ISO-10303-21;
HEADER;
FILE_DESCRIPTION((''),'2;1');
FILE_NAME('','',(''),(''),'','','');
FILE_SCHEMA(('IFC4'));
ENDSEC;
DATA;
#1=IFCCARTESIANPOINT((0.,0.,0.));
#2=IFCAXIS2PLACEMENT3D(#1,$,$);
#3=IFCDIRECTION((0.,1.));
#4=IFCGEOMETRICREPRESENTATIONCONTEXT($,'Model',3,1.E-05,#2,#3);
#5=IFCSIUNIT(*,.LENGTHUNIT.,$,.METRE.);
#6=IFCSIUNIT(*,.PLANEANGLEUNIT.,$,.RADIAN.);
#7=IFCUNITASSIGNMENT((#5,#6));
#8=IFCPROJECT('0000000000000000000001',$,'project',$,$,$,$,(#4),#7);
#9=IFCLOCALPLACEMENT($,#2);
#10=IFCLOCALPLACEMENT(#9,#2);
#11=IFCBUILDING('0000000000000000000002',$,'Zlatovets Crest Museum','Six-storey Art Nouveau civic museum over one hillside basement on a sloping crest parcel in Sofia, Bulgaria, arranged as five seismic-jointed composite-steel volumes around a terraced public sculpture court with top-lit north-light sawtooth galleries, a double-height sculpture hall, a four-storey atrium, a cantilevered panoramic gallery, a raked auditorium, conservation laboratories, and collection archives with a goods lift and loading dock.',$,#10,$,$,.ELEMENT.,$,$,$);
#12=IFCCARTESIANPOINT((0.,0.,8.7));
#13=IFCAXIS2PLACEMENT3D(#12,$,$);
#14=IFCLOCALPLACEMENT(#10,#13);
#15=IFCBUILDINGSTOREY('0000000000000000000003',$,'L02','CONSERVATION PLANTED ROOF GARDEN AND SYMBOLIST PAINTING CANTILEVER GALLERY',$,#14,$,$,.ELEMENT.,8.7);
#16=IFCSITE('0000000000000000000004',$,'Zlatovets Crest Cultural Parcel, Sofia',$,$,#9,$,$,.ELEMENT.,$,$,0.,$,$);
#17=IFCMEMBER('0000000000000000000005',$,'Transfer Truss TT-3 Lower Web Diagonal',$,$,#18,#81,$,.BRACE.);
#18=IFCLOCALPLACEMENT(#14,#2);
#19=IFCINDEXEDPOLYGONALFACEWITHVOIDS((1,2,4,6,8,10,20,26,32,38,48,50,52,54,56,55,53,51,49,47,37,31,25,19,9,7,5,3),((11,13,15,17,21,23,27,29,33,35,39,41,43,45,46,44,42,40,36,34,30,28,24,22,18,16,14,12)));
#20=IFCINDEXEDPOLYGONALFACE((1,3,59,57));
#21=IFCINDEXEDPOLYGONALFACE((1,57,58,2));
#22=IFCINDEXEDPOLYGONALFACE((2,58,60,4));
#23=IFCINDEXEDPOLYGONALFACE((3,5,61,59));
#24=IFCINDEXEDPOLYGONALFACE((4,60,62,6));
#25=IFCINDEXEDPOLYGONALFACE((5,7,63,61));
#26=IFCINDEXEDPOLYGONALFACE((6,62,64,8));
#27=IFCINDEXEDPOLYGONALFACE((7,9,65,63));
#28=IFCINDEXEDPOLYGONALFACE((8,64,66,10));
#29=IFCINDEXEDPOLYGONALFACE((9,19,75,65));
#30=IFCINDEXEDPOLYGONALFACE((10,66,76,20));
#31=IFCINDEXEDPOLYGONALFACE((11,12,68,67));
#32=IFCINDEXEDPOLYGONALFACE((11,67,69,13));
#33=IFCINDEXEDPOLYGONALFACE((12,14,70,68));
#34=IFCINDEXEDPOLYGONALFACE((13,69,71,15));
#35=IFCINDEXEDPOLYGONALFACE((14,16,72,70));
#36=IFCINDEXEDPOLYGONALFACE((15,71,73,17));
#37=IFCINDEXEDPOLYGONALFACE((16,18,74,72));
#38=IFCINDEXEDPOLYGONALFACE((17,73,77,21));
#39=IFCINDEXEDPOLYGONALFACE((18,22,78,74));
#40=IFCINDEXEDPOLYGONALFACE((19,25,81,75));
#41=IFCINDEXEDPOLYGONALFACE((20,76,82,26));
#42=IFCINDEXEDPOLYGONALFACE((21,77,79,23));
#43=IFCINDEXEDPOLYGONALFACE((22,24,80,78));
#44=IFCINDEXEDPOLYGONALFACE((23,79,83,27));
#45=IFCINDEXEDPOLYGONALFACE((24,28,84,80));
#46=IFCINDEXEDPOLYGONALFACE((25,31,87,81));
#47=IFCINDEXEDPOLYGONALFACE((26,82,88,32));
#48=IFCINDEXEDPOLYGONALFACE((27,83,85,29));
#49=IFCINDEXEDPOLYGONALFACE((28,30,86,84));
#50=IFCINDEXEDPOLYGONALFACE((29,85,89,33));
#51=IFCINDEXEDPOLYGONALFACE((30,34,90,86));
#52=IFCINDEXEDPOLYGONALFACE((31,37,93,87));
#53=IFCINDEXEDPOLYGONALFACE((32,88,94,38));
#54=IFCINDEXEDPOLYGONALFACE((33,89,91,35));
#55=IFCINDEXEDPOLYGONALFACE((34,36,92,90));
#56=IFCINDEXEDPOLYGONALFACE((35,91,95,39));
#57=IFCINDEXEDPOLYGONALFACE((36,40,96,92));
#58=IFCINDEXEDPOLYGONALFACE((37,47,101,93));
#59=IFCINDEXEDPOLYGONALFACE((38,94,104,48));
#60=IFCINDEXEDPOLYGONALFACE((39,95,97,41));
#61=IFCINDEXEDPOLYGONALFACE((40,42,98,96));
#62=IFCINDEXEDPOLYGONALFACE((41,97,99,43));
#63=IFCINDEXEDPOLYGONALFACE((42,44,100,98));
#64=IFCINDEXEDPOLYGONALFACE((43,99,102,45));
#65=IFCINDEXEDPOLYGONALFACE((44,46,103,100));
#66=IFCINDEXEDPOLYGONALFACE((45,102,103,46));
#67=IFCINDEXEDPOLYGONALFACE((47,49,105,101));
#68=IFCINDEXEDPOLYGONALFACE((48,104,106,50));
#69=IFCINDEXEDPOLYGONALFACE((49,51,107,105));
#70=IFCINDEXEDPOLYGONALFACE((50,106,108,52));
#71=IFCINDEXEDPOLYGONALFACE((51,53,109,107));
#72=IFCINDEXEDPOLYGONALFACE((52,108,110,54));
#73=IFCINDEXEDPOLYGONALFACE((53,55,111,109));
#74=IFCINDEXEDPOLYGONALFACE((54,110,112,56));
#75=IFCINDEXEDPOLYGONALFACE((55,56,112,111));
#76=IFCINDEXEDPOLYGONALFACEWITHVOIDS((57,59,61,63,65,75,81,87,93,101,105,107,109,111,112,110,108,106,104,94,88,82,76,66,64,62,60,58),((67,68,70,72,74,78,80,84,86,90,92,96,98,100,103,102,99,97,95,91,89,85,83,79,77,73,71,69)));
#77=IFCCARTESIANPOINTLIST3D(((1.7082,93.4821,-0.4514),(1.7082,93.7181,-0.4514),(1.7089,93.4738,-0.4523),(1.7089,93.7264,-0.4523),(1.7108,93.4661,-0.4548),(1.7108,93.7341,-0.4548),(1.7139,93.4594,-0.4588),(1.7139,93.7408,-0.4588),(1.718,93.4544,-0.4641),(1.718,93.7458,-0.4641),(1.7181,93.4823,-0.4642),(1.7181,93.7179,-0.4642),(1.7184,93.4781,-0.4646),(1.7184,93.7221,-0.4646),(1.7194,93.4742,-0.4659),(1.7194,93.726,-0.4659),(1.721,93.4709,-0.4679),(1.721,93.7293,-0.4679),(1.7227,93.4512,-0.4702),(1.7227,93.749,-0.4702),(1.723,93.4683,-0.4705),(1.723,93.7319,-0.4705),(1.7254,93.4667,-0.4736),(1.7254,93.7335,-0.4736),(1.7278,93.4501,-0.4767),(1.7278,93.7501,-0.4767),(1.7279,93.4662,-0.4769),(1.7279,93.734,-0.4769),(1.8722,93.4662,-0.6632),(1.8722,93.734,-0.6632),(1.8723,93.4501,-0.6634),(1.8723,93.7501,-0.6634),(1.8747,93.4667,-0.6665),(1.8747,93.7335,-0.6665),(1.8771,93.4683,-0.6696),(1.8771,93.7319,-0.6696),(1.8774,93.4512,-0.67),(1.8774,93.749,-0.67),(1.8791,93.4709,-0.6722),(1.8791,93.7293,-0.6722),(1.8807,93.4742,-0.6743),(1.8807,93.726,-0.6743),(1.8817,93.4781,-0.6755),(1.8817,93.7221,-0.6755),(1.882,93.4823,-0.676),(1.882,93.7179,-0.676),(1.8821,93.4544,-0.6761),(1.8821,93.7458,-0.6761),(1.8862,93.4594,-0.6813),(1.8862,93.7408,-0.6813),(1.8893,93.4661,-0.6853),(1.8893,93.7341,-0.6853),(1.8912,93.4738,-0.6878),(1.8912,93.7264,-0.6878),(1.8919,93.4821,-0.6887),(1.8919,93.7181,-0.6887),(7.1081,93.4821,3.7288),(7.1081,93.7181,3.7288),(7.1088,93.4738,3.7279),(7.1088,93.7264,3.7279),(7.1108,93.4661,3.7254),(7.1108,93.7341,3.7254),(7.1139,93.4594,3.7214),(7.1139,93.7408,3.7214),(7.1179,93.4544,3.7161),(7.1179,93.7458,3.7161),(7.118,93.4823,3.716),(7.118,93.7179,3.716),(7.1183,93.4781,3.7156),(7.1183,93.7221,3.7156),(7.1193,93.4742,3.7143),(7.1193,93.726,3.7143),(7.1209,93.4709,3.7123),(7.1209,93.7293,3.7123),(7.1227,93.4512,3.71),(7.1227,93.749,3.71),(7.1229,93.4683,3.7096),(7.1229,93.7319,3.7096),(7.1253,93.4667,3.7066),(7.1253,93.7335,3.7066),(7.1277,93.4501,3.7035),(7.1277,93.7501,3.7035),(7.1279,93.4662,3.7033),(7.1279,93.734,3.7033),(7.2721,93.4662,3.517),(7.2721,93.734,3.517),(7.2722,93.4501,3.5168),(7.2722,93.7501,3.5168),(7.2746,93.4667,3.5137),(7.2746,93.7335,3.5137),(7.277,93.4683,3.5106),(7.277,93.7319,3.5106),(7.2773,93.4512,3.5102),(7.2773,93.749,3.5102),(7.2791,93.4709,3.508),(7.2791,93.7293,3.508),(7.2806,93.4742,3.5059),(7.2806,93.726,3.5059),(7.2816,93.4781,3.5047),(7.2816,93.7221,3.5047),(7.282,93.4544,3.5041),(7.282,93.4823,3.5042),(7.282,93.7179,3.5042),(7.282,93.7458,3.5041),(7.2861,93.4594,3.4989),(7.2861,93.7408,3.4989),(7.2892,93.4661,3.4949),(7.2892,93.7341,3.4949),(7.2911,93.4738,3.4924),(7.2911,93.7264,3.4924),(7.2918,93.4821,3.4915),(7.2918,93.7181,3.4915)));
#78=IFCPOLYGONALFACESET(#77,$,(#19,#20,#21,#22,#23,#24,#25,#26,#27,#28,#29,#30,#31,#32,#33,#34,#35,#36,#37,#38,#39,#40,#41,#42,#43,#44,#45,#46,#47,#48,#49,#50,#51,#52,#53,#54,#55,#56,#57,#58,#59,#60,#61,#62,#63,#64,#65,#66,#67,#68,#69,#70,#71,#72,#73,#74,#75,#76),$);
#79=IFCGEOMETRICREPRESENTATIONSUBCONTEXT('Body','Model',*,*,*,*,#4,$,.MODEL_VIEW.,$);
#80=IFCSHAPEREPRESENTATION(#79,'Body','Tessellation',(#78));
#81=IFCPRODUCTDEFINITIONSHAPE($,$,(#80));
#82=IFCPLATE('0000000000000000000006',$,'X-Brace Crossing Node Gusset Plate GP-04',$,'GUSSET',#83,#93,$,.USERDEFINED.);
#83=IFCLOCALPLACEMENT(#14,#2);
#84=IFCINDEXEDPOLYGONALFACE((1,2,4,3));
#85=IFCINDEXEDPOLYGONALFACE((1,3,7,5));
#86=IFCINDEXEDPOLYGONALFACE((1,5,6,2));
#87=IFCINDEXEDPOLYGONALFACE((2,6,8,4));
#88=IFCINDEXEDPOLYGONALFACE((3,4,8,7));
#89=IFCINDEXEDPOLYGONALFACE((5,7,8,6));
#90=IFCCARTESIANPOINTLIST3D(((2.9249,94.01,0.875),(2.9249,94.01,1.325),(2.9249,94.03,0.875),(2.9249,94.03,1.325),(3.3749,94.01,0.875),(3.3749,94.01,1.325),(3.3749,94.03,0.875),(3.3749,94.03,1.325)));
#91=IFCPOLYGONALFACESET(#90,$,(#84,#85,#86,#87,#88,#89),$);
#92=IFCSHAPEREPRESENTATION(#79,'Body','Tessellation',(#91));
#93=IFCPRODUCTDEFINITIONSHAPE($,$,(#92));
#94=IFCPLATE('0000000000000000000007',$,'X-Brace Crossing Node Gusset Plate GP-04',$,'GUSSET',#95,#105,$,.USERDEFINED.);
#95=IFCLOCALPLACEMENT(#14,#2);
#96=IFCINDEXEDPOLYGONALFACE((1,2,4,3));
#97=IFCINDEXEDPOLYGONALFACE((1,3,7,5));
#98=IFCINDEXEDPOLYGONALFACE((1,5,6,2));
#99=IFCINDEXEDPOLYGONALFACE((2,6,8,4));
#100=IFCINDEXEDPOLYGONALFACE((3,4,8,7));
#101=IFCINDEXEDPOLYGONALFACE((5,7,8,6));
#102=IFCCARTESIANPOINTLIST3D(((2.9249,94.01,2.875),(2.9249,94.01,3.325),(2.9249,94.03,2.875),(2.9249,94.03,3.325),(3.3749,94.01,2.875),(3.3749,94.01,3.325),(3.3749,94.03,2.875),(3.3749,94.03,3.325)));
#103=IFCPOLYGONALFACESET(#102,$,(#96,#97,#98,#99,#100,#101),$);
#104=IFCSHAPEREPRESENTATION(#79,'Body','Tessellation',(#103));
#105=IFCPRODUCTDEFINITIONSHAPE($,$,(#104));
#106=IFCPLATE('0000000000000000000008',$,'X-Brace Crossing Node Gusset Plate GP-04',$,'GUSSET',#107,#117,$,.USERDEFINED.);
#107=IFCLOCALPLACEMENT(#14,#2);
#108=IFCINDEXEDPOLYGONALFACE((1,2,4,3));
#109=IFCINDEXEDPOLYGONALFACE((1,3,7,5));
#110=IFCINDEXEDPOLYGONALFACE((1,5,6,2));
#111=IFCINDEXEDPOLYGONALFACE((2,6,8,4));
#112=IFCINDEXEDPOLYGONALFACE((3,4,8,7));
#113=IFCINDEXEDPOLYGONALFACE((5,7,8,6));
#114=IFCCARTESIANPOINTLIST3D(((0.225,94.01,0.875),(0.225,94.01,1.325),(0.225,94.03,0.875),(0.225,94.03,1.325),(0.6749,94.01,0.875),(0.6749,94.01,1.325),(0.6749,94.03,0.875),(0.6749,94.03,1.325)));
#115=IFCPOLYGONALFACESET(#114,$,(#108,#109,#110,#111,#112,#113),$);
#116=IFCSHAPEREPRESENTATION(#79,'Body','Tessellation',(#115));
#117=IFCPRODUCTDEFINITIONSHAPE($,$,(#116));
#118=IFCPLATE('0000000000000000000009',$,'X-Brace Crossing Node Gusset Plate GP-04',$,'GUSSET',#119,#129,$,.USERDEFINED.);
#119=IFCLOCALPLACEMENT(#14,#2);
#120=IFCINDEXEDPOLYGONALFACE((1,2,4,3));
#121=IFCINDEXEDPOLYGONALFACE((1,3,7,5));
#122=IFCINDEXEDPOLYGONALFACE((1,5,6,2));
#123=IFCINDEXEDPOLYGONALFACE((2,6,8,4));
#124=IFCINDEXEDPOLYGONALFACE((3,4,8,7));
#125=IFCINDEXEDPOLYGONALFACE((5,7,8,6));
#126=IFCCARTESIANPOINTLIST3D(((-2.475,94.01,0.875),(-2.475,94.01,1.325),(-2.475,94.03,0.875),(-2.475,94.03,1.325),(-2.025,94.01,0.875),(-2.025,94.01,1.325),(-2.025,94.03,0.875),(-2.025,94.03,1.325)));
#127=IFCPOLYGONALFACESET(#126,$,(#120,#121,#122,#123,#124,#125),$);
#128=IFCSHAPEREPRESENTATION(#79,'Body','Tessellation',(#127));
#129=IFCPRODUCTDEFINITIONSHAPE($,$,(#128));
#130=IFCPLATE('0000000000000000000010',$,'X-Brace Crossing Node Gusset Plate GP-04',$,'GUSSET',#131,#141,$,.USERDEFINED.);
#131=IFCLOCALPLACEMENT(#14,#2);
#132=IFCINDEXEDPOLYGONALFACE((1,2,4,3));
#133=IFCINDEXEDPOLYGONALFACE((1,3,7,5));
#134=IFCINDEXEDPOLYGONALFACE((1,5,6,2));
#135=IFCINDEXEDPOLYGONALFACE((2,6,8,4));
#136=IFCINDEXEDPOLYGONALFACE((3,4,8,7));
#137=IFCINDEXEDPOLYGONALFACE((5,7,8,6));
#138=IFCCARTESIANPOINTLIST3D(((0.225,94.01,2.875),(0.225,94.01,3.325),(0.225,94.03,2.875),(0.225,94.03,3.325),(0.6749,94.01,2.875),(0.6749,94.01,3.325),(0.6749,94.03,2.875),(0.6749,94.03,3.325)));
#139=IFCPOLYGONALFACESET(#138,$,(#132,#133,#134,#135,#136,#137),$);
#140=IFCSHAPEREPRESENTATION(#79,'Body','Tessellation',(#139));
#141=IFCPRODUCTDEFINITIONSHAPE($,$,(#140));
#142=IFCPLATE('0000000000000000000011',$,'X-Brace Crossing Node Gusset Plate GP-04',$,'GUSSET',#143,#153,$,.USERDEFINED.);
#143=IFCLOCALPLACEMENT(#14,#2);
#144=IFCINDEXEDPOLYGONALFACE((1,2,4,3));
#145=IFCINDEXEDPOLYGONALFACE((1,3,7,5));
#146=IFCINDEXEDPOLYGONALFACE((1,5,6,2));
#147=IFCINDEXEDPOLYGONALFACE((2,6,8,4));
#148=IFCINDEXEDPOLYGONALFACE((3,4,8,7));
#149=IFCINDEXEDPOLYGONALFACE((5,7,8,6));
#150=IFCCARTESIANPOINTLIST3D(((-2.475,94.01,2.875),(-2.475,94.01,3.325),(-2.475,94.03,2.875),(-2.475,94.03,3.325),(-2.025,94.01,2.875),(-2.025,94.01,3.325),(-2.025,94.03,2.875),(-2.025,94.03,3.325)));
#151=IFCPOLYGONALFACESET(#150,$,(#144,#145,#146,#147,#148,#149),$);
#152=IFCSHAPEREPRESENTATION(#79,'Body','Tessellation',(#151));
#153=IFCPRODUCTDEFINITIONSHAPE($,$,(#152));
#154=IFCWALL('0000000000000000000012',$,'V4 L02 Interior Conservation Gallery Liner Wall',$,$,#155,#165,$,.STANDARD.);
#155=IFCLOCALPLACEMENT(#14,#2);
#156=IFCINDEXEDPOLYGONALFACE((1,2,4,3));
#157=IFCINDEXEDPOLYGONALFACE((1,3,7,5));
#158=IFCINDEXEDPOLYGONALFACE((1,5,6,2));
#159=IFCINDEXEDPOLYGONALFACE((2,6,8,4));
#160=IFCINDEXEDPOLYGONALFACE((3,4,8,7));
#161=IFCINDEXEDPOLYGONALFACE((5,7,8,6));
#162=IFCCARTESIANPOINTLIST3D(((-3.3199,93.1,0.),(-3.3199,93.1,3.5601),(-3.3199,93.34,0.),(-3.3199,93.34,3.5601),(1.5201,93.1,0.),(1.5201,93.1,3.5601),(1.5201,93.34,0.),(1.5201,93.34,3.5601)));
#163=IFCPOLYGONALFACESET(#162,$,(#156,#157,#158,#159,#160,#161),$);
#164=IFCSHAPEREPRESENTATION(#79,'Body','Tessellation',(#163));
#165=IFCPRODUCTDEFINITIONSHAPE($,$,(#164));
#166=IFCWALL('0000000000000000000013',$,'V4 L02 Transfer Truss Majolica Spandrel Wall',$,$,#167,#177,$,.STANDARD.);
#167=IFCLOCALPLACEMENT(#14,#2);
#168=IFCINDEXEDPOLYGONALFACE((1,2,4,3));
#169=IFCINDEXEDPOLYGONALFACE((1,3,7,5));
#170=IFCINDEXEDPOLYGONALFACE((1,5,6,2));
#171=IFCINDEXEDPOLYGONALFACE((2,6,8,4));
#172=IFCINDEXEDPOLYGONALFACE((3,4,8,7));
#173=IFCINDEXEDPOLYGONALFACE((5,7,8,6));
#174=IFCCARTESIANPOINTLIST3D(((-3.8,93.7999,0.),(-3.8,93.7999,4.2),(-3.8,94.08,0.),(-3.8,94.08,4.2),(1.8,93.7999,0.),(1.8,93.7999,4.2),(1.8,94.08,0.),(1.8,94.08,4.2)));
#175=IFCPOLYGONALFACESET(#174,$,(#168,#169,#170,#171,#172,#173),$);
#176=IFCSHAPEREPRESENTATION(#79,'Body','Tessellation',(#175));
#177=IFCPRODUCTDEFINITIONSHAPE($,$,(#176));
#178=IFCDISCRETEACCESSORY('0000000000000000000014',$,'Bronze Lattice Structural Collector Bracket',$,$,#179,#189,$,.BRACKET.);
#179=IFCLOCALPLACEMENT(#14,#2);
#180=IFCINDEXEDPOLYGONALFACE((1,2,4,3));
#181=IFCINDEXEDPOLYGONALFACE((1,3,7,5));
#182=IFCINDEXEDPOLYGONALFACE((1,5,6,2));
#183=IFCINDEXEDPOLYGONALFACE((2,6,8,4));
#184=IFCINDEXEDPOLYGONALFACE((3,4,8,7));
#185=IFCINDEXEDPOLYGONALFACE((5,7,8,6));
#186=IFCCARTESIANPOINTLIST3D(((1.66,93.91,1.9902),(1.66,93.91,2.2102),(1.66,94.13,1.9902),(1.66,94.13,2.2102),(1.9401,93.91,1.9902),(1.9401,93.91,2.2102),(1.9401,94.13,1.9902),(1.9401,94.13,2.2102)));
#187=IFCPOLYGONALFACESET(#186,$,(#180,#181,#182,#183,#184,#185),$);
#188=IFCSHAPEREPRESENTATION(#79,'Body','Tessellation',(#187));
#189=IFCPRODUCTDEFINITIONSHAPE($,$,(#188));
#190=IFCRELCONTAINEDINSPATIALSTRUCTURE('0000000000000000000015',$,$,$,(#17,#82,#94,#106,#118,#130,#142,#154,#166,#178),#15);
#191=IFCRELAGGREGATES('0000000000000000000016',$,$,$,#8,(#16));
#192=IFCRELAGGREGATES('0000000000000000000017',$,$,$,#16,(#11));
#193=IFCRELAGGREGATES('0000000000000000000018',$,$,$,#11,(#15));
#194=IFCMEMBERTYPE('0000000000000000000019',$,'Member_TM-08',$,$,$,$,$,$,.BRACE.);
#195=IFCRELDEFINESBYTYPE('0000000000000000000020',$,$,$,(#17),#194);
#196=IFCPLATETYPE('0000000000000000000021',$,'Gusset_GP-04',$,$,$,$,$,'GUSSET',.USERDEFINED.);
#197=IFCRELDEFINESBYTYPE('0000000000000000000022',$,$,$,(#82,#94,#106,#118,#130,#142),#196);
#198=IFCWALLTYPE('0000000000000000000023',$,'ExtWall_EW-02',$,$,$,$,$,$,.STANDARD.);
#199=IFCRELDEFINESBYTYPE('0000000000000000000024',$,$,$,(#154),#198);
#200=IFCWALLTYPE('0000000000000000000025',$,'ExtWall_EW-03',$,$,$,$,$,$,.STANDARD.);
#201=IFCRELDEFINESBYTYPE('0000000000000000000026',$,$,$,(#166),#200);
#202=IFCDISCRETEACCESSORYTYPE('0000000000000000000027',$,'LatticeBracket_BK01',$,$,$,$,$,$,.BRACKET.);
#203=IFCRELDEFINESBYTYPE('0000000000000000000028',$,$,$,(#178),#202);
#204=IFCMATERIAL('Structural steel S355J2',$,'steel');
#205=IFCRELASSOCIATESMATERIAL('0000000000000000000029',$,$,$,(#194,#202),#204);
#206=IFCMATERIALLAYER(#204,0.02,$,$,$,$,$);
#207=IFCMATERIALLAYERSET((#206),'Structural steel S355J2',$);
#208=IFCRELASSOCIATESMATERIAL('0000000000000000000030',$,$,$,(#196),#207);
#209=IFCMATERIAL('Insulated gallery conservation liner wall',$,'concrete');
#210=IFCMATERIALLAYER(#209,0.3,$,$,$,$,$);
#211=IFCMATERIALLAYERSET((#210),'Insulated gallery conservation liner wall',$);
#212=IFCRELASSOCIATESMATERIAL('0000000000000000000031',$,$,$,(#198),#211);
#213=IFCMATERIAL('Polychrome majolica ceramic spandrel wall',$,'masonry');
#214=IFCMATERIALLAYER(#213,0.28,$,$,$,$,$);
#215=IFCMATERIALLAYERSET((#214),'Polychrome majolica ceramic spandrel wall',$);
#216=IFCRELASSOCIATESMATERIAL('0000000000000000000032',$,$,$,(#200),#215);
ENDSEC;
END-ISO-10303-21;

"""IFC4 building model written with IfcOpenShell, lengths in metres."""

from ifc_helpers import new_model, si_unit, direction, frame, frame_2d, origin, origin_2d, place, context, subcontext, project, spatial, rectangle, hollow_rectangle, extrude, material, layer, layer_set, material_profile, profile_set, type_object, element, save


model = new_model("IFC4")

# Units and contexts
model_context = context("Model", 3, precision=1e-05, world=origin(), true_north=direction((0.0, 1.0)))
body_context = subcontext(model_context, "Body", "Model", "MODEL_VIEW")
ifc_project = project(units=[si_unit("LENGTHUNIT", "METRE"), si_unit("PLANEANGLEUNIT", "RADIAN")], contexts=[model_context])

# Site, building, storey
site_placement = place(None, origin())
site = spatial("IfcSite", under=ifc_project, at=site_placement, Name="Zlatovets Crest Cultural Parcel, Sofia", CompositionType="ELEMENT", RefElevation=0.0)
building_placement = place(site_placement, origin())
building = spatial("IfcBuilding", under=site, at=building_placement, Name="Zlatovets Crest Museum", Description="Six-storey Art Nouveau civic museum over one hillside basement on a sloping crest parcel in Sofia, Bulgaria, arranged as five seismic-jointed composite-steel volumes around a terraced public sculpture court with top-lit north-light sawtooth galleries, a double-height sculpture hall, a four-storey atrium, a cantilevered panoramic gallery, a raked auditorium, conservation laboratories, and collection archives with a goods lift and loading dock.", CompositionType="ELEMENT")
storey_placement = place(building_placement, frame((0.0, 0.0, 8.7)))
storey = spatial("IfcBuildingStorey", under=building, at=storey_placement, Name="L02", Description="CONSERVATION PLANTED ROOF GARDEN AND SYMBOLIST PAINTING CANTILEVER GALLERY", CompositionType="ELEMENT", Elevation=8.7)

# Shared definitions
ifc_material_1 = material(Name="Structural steel S355J2", Category="steel")

# Member
ifc_material_profile_1 = material_profile(ifc_material_1, hollow_rectangle(XDim=0.3, YDim=0.3, WallThickness=0.0161, InnerFilletRadius=0.0161, OuterFilletRadius=0.032, at=origin_2d()), Name="SHS 300x300x16.0")
ifc_profile_set_1 = profile_set([ifc_material_profile_1], Name="Structural steel S355J2")
member_type_1 = type_object("IfcMemberType", Name="Member_TM-08", PredefinedType="BRACE", material=ifc_profile_set_1)
member_1_placement = place(storey_placement, frame((1.8, 93.6001, -0.5701), z_axis=(0.790752, 0.0, 0.612137), x_axis=(0.0, 1.0, 0.0)))
element("IfcMember", 1, at=member_1_placement, inside=storey, type_object=member_type_1, Name="Transfer Truss TT-3 Lower Web Diagonal", PredefinedType="BRACE", context=body_context, shape_type="SweptSolid", body=[
    extrude(hollow_rectangle(XDim=0.3, YDim=0.3, WallThickness=0.0161, InnerFilletRadius=0.0161, OuterFilletRadius=0.032, at=origin_2d()), origin(), (0.0, 0.0, 1.0), 6.8289),
])

# Plates
ifc_layer_1 = layer(ifc_material_1, 0.02)
ifc_layer_set_1 = layer_set([ifc_layer_1], Name="Structural steel S355J2")
plate_type = type_object("IfcPlateType", Name="Gusset_GP-04", ElementType="GUSSET", PredefinedType="USERDEFINED", material=ifc_layer_set_1)
for number, where, z_axis, x_axis, name in (
    (2, (3.1499, 94.02, 0.875), (0.0, 0.0, 1.0), (1.0, 0.0, 0.0), "X-Brace Crossing Node Gusset Plate GP-04"),
    (3, (3.1499, 94.02, 2.875), (0.0, 0.0, 1.0), (1.0, 0.0, 0.0), "X-Brace Crossing Node Gusset Plate GP-04"),
    (4, (0.45, 94.02, 0.875), (0.0, 0.0, 1.0), (1.0, 0.0, 0.0), "X-Brace Crossing Node Gusset Plate GP-04"),
    (5, (-2.25, 94.02, 0.875), (0.0, 0.0, 1.0), (1.0, 0.0, 0.0), "X-Brace Crossing Node Gusset Plate GP-04"),
    (6, (0.45, 94.02, 2.875), (0.0, 0.0, 1.0), (1.0, 0.0, 0.0), "X-Brace Crossing Node Gusset Plate GP-04"),
    (7, (-2.25, 94.02, 2.875), (0.0, 0.0, 1.0), (1.0, 0.0, 0.0), "X-Brace Crossing Node Gusset Plate GP-04"),
):
    element("IfcPlate", number, at=place(storey_placement, frame(where, z_axis=z_axis, x_axis=x_axis)), inside=storey, type_object=plate_type, Name=name, ObjectType="GUSSET", PredefinedType="USERDEFINED", context=body_context, shape_type="SweptSolid", body=[
        extrude(rectangle(XDim=0.45, YDim=0.02, at=origin_2d()), origin(), (0.0, 0.0, 1.0), 0.45),
    ])

# Walls
ifc_material_2 = material(Name="Insulated gallery conservation liner wall", Category="concrete")
ifc_layer_2 = layer(ifc_material_2, 0.3)
ifc_layer_set_2 = layer_set([ifc_layer_2], Name="Insulated gallery conservation liner wall")
wall_type_1 = type_object("IfcWallType", Name="ExtWall_EW-02", PredefinedType="STANDARD", material=ifc_layer_set_2)
wall_1_placement = place(storey_placement, frame((1.52, 93.22, 0.0), z_axis=(0.0, 0.0, 1.0), x_axis=(-1.0, 0.0, 0.0)))
element("IfcWall", 8, at=wall_1_placement, inside=storey, type_object=wall_type_1, Name="V4 L02 Interior Conservation Gallery Liner Wall", PredefinedType="STANDARD", context=body_context, shape_type="SweptSolid", body=[
    extrude(rectangle(XDim=4.8401, YDim=0.24, at=frame_2d((2.4199, 0.0))), origin(), (0.0, 0.0, 1.0), 3.5601),
])
ifc_material_3 = material(Name="Polychrome majolica ceramic spandrel wall", Category="masonry")
ifc_layer_3 = layer(ifc_material_3, 0.28)
ifc_layer_set_3 = layer_set([ifc_layer_3], Name="Polychrome majolica ceramic spandrel wall")
wall_type_2 = type_object("IfcWallType", Name="ExtWall_EW-03", PredefinedType="STANDARD", material=ifc_layer_set_3)
wall_2_placement = place(storey_placement, frame((1.8, 93.9399, 0.0), z_axis=(0.0, 0.0, 1.0), x_axis=(-1.0, 0.0, 0.0)))
element("IfcWall", 9, at=wall_2_placement, inside=storey, type_object=wall_type_2, Name="V4 L02 Transfer Truss Majolica Spandrel Wall", PredefinedType="STANDARD", context=body_context, shape_type="SweptSolid", body=[
    extrude(rectangle(XDim=5.6001, YDim=0.28, at=frame_2d((2.8, 0.0))), origin(), (0.0, 0.0, 1.0), 4.2),
])

# Discrete accessory
discrete_accessory_type = type_object("IfcDiscreteAccessoryType", Name="LatticeBracket_BK01", PredefinedType="BRACKET", material=ifc_material_1)
discrete_accessory_placement = place(storey_placement, frame((1.8, 94.02, 1.9902), z_axis=(0.0, 0.0, 1.0), x_axis=(1.0, 0.0, 0.0)))
element("IfcDiscreteAccessory", 10, at=discrete_accessory_placement, inside=storey, type_object=discrete_accessory_type, Name="Bronze Lattice Structural Collector Bracket", PredefinedType="BRACKET", context=body_context, shape_type="SweptSolid", body=[
    extrude(rectangle(XDim=0.28, YDim=0.22, at=origin_2d()), origin(), (0.0, 0.0, 1.0), 0.22),
])

save(model, "model.ifc")
